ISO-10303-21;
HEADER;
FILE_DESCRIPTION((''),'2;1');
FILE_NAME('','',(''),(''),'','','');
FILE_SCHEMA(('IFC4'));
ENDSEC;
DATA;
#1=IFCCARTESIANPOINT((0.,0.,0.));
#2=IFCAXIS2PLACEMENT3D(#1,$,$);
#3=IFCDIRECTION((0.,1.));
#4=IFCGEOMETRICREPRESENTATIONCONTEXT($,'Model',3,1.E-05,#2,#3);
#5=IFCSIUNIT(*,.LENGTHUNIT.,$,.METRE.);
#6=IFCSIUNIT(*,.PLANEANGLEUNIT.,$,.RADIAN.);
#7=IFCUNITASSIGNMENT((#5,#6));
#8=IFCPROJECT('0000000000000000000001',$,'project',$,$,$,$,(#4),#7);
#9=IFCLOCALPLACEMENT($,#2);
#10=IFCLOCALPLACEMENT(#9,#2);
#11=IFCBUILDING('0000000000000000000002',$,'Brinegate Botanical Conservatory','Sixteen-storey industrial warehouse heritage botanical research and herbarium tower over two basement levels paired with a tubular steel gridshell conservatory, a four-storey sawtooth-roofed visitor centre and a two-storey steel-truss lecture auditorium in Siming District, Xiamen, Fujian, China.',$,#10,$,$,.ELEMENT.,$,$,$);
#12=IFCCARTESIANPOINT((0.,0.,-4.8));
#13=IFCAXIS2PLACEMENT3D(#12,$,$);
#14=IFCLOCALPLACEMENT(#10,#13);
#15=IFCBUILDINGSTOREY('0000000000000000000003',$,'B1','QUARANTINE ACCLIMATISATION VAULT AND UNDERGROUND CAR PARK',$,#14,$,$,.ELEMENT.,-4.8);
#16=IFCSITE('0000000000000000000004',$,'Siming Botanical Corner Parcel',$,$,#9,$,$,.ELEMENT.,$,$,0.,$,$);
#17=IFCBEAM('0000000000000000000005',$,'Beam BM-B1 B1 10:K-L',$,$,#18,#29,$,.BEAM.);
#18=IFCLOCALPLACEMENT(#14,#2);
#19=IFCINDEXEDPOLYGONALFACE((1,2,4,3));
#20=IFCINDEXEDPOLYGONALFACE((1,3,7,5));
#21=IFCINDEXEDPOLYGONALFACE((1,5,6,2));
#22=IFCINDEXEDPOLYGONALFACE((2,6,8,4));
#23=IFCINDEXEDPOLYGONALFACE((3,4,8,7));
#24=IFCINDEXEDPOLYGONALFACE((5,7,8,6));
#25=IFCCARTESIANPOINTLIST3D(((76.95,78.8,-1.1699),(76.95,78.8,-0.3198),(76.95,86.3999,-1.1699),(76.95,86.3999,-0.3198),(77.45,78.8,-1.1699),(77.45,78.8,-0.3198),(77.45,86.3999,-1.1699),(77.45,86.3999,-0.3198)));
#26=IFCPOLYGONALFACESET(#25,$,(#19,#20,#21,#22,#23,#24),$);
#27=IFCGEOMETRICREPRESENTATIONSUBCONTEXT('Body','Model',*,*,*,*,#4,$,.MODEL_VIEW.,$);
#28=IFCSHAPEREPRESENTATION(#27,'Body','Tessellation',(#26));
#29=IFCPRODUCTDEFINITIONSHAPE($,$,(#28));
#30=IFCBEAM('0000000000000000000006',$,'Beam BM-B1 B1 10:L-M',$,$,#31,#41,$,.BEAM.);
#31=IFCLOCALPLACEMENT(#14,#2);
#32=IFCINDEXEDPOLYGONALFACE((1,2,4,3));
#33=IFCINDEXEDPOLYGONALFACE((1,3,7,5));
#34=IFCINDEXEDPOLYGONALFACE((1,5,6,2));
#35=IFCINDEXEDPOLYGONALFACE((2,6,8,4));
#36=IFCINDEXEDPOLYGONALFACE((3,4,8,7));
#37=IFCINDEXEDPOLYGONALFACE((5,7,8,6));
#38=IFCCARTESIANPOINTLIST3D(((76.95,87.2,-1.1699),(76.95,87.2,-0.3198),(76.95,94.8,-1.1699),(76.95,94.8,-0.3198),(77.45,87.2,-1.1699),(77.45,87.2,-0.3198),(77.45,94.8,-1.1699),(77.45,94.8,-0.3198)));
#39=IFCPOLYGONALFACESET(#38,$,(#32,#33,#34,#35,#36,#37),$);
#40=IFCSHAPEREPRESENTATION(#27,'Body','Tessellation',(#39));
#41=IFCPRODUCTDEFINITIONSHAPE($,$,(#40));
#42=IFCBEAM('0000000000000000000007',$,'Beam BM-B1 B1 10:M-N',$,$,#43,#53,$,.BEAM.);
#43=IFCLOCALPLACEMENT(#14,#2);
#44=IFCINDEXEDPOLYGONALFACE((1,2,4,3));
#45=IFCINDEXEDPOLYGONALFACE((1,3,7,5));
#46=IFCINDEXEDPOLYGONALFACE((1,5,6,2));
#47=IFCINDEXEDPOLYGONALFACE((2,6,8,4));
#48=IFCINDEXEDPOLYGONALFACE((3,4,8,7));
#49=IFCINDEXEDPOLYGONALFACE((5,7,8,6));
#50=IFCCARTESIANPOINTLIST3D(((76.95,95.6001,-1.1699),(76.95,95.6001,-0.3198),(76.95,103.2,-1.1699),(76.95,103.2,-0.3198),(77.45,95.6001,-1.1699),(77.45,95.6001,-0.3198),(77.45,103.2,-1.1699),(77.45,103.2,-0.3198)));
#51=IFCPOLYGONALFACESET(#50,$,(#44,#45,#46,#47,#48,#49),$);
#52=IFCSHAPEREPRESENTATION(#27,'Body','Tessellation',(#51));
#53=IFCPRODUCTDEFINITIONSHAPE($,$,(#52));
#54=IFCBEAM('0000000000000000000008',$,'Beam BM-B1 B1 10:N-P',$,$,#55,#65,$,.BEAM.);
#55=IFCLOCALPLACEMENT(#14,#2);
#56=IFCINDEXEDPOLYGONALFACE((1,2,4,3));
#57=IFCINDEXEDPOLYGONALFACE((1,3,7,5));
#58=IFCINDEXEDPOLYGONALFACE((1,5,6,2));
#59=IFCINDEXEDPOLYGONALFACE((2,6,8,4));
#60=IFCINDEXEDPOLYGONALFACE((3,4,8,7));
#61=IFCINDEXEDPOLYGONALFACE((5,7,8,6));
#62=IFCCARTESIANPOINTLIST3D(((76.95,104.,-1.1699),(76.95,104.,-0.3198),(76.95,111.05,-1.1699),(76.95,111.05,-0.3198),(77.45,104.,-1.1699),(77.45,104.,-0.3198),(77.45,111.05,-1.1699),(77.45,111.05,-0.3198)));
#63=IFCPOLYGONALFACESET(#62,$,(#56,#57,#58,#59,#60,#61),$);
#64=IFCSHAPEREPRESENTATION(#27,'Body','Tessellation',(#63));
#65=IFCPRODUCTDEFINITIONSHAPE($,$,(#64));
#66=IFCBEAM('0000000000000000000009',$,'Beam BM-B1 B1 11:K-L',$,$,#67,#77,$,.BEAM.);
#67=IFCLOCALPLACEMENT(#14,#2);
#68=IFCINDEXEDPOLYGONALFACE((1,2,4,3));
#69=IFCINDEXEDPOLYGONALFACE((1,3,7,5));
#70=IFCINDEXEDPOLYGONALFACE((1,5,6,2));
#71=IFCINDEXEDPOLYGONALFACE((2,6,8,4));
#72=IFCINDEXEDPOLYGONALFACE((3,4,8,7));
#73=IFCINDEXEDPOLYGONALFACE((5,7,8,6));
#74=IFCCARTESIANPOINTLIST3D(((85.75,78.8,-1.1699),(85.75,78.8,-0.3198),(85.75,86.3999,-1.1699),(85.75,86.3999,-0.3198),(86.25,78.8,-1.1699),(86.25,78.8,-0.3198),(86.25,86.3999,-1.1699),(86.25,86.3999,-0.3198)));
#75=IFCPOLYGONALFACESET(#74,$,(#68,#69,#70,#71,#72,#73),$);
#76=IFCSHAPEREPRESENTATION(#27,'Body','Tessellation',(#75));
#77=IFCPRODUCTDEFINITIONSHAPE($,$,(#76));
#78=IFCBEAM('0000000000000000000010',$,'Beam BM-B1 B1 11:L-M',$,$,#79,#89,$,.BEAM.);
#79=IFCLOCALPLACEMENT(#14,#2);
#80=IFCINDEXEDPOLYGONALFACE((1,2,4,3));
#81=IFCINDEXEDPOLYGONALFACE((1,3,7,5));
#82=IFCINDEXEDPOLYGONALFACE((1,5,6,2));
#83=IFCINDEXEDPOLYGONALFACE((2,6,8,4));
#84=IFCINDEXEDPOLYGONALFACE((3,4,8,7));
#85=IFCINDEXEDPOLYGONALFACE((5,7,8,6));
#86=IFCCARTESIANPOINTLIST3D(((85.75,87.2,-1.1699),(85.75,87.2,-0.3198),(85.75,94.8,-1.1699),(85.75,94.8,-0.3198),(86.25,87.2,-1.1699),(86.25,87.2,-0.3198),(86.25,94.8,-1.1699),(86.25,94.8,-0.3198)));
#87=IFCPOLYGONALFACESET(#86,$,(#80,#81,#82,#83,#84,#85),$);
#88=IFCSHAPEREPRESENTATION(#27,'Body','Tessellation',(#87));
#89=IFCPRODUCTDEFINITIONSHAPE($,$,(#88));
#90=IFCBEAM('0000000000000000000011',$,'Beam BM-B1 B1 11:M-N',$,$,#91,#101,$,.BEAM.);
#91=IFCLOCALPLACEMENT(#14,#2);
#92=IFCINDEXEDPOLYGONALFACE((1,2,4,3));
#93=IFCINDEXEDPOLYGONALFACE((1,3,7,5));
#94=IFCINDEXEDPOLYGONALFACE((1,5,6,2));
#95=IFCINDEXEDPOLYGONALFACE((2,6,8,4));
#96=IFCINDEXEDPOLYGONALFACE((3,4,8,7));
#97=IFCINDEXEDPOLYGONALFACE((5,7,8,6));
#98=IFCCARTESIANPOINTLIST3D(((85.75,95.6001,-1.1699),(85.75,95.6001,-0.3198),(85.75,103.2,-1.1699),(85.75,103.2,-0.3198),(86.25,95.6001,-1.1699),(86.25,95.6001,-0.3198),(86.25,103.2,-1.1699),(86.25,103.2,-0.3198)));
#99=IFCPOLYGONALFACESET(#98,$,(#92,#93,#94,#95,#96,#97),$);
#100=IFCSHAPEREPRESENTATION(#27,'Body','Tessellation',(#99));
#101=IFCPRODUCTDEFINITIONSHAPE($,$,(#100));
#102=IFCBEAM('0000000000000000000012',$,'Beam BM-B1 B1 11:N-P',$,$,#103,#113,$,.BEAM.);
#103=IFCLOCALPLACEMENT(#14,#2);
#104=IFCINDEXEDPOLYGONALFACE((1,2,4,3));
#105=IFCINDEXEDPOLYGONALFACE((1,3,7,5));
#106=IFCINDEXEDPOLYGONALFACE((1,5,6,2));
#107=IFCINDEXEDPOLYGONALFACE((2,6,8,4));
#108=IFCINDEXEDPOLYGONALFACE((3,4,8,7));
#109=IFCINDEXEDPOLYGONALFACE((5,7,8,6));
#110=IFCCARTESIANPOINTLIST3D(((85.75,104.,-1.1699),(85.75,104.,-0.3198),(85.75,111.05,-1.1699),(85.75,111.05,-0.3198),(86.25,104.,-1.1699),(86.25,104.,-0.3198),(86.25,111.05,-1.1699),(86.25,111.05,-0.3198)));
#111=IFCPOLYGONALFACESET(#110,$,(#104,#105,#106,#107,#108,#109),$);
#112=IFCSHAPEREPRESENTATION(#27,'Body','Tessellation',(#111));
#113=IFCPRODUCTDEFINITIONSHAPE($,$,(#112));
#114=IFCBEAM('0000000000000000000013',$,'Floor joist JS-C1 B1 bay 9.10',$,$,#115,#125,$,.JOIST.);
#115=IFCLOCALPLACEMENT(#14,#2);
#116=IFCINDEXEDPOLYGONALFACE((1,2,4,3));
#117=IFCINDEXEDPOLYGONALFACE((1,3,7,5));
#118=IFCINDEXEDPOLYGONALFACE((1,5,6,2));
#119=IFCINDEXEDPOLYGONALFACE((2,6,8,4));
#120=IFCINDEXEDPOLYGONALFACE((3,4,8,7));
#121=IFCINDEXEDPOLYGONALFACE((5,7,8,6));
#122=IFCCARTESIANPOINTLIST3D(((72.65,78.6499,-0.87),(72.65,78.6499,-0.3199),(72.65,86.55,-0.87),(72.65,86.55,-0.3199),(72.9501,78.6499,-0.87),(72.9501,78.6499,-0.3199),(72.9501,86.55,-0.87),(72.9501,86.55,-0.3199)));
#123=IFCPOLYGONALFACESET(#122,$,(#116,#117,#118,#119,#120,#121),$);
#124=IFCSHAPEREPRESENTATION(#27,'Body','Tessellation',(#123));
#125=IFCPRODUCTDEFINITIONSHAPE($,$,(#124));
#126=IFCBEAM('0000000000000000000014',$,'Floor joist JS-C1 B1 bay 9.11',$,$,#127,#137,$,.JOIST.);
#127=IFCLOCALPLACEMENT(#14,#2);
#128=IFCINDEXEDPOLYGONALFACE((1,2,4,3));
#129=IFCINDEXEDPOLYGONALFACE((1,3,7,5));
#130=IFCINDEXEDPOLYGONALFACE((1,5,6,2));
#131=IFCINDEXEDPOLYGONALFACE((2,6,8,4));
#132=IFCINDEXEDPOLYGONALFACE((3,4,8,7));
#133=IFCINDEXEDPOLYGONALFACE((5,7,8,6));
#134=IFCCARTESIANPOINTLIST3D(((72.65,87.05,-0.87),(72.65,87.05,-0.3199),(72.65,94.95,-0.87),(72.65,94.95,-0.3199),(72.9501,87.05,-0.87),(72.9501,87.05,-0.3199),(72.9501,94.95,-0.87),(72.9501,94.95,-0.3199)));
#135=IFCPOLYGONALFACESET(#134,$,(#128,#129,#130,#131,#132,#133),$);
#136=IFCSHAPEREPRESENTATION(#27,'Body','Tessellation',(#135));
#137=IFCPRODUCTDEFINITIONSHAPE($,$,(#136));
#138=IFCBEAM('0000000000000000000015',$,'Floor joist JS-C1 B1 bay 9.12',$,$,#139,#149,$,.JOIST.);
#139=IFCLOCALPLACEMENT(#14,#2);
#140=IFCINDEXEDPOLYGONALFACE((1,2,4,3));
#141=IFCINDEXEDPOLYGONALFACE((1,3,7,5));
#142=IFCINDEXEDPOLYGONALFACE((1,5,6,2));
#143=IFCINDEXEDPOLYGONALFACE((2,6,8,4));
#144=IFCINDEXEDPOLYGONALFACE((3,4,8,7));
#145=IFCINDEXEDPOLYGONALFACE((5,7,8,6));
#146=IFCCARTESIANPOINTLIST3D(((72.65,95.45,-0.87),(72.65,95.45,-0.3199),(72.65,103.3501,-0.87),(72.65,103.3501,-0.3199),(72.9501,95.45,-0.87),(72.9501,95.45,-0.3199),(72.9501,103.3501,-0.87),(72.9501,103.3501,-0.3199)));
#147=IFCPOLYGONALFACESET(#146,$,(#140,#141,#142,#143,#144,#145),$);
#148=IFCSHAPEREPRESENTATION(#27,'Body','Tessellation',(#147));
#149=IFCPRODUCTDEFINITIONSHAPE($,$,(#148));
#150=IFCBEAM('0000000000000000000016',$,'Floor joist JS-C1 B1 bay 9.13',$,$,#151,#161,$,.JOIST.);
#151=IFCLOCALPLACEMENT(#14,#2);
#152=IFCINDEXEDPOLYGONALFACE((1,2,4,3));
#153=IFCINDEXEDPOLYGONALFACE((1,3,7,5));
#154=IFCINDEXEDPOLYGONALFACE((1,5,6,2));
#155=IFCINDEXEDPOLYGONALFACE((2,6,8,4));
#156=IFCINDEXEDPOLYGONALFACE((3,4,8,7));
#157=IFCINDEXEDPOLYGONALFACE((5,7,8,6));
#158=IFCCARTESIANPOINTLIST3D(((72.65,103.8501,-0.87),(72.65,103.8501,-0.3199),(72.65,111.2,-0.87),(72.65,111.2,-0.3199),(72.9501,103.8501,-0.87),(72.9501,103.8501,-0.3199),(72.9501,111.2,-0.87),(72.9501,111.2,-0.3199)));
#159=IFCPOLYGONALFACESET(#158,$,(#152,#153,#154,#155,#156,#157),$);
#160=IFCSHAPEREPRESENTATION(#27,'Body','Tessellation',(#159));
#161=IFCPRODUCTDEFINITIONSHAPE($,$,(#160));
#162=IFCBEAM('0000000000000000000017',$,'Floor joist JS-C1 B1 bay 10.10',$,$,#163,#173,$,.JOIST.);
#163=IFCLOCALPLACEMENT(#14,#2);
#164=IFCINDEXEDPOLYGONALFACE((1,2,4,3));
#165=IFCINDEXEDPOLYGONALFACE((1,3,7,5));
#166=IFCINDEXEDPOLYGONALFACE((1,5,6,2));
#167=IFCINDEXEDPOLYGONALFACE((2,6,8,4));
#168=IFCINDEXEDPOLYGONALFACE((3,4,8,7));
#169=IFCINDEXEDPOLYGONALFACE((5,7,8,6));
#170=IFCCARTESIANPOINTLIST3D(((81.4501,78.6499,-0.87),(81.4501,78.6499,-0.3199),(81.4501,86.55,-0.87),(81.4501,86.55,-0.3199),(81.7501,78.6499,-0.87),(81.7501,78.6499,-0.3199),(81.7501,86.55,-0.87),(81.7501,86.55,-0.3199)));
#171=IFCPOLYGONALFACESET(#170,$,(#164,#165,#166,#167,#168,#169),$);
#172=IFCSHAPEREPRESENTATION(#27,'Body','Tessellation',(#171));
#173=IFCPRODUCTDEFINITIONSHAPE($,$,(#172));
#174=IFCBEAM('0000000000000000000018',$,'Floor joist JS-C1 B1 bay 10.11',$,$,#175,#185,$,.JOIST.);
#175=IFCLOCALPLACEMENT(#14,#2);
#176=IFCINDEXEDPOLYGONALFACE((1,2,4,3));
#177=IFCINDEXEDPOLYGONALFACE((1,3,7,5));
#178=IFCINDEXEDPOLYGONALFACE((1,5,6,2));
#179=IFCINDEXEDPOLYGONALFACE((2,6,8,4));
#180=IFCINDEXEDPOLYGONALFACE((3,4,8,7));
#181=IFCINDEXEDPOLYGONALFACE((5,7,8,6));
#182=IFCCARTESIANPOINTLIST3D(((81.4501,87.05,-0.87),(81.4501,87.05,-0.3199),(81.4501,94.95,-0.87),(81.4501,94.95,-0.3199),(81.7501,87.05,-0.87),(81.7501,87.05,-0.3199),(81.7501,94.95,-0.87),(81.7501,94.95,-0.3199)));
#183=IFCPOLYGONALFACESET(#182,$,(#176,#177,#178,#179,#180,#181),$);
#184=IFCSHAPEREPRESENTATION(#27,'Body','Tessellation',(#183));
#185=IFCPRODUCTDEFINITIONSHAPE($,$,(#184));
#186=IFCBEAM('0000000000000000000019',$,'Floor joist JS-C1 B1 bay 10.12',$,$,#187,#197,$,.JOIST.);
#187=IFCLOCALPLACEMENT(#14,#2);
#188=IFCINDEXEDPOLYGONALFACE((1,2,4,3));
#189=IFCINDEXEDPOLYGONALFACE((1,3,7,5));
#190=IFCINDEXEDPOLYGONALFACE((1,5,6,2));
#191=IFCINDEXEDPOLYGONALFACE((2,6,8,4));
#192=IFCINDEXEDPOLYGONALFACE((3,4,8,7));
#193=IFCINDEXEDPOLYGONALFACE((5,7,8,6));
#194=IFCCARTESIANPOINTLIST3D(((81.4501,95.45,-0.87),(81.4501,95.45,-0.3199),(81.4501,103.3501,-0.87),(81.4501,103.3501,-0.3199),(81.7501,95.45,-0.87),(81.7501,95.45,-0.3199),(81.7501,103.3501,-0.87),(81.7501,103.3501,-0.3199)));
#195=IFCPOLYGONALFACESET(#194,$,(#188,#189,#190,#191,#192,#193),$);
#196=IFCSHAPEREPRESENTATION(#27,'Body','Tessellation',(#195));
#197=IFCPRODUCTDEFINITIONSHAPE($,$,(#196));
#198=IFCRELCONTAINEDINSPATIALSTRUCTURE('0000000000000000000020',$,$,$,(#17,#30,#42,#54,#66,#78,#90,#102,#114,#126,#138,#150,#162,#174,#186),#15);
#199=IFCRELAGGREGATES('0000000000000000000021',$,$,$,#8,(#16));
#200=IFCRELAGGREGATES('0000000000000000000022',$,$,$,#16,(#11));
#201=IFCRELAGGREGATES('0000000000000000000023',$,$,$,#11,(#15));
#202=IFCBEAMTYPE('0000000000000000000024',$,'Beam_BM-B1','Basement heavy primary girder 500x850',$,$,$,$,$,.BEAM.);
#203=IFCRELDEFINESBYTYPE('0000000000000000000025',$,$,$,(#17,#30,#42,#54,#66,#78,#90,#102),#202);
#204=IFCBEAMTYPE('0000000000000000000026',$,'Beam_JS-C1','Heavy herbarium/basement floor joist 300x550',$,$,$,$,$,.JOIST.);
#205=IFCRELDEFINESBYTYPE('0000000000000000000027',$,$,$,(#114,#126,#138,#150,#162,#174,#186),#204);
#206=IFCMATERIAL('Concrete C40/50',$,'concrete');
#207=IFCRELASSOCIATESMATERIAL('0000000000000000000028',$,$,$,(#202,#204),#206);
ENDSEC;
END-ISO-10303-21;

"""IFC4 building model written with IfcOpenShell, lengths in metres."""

from ifc_helpers import new_model, si_unit, direction, frame, origin, origin_2d, place, context, subcontext, project, spatial, rectangle, extrude, material, material_profile, profile_set, type_object, element, save


model = new_model("IFC4")

# Units and contexts
model_context = context("Model", 3, precision=1e-05, world=origin(), true_north=direction((0.0, 1.0)))
body_context = subcontext(model_context, "Body", "Model", "MODEL_VIEW")
ifc_project = project(units=[si_unit("LENGTHUNIT", "METRE"), si_unit("PLANEANGLEUNIT", "RADIAN")], contexts=[model_context])

# Site, building, storey
site_placement = place(None, origin())
site = spatial("IfcSite", under=ifc_project, at=site_placement, Name="Siming Botanical Corner Parcel", CompositionType="ELEMENT", RefElevation=0.0)
building_placement = place(site_placement, origin())
building = spatial("IfcBuilding", under=site, at=building_placement, Name="Brinegate Botanical Conservatory", Description="Sixteen-storey industrial warehouse heritage botanical research and herbarium tower over two basement levels paired with a tubular steel gridshell conservatory, a four-storey sawtooth-roofed visitor centre and a two-storey steel-truss lecture auditorium in Siming District, Xiamen, Fujian, China.", CompositionType="ELEMENT")
storey_placement = place(building_placement, frame((0.0, 0.0, -4.8)))
storey = spatial("IfcBuildingStorey", under=building, at=storey_placement, Name="B1", Description="QUARANTINE ACCLIMATISATION VAULT AND UNDERGROUND CAR PARK", CompositionType="ELEMENT", Elevation=-4.8)

# Shared definitions
ifc_material = material(Name="Concrete C40/50", Category="concrete")

# Beams
ifc_material_profile_1 = material_profile(ifc_material, rectangle(XDim=0.5, YDim=0.8501, at=origin_2d()), Name="RC BM 500x850")
ifc_profile_set_1 = profile_set([ifc_material_profile_1], Name="Concrete C40/50")
beam_type_1 = type_object("IfcBeamType", Name="Beam_BM-B1", Description="Basement heavy primary girder 500x850", PredefinedType="BEAM", material=ifc_profile_set_1)
beam_1_placement = place(storey_placement, frame((77.2, 78.8, -0.7449), z_axis=(0.0, 1.0, 0.0), x_axis=(-1.0, 0.0, 0.0)))
element("IfcBeam", 1, at=beam_1_placement, inside=storey, type_object=beam_type_1, Name="Beam BM-B1 B1 10:K-L", PredefinedType="BEAM", context=body_context, shape_type="SweptSolid", body=[
    extrude(rectangle(XDim=0.5, YDim=0.8501, at=origin_2d()), origin(), (0.0, 0.0, 1.0), 7.5999),
])
beam_2_placement = place(storey_placement, frame((77.2, 87.2, -0.7449), z_axis=(0.0, 1.0, 0.0), x_axis=(-1.0, 0.0, 0.0)))
element("IfcBeam", 2, at=beam_2_placement, inside=storey, type_object=beam_type_1, Name="Beam BM-B1 B1 10:L-M", PredefinedType="BEAM", context=body_context, shape_type="SweptSolid", body=[
    extrude(rectangle(XDim=0.5, YDim=0.8501, at=origin_2d()), origin(), (0.0, 0.0, 1.0), 7.6001),
])
beam_3_placement = place(storey_placement, frame((77.2, 95.6001, -0.7449), z_axis=(0.0, 1.0, 0.0), x_axis=(-1.0, 0.0, 0.0)))
element("IfcBeam", 3, at=beam_3_placement, inside=storey, type_object=beam_type_1, Name="Beam BM-B1 B1 10:M-N", PredefinedType="BEAM", context=body_context, shape_type="SweptSolid", body=[
    extrude(rectangle(XDim=0.5, YDim=0.8501, at=origin_2d()), origin(), (0.0, 0.0, 1.0), 7.5999),
])
beam_4_placement = place(storey_placement, frame((77.2, 104.0, -0.7449), z_axis=(0.0, 1.0, 0.0), x_axis=(-1.0, 0.0, 0.0)))
element("IfcBeam", 4, at=beam_4_placement, inside=storey, type_object=beam_type_1, Name="Beam BM-B1 B1 10:N-P", PredefinedType="BEAM", context=body_context, shape_type="SweptSolid", body=[
    extrude(rectangle(XDim=0.5, YDim=0.8501, at=origin_2d()), origin(), (0.0, 0.0, 1.0), 7.05),
])
beam_5_placement = place(storey_placement, frame((86.0, 78.8, -0.7449), z_axis=(0.0, 1.0, 0.0), x_axis=(-1.0, 0.0, 0.0)))
element("IfcBeam", 5, at=beam_5_placement, inside=storey, type_object=beam_type_1, Name="Beam BM-B1 B1 11:K-L", PredefinedType="BEAM", context=body_context, shape_type="SweptSolid", body=[
    extrude(rectangle(XDim=0.5, YDim=0.8501, at=origin_2d()), origin(), (0.0, 0.0, 1.0), 7.5999),
])
beam_6_placement = place(storey_placement, frame((86.0, 87.2, -0.7449), z_axis=(0.0, 1.0, 0.0), x_axis=(-1.0, 0.0, 0.0)))
element("IfcBeam", 6, at=beam_6_placement, inside=storey, type_object=beam_type_1, Name="Beam BM-B1 B1 11:L-M", PredefinedType="BEAM", context=body_context, shape_type="SweptSolid", body=[
    extrude(rectangle(XDim=0.5, YDim=0.8501, at=origin_2d()), origin(), (0.0, 0.0, 1.0), 7.6001),
])
beam_7_placement = place(storey_placement, frame((86.0, 95.6001, -0.7449), z_axis=(0.0, 1.0, 0.0), x_axis=(-1.0, 0.0, 0.0)))
element("IfcBeam", 7, at=beam_7_placement, inside=storey, type_object=beam_type_1, Name="Beam BM-B1 B1 11:M-N", PredefinedType="BEAM", context=body_context, shape_type="SweptSolid", body=[
    extrude(rectangle(XDim=0.5, YDim=0.8501, at=origin_2d()), origin(), (0.0, 0.0, 1.0), 7.5999),
])
beam_8_placement = place(storey_placement, frame((86.0, 104.0, -0.7449), z_axis=(0.0, 1.0, 0.0), x_axis=(-1.0, 0.0, 0.0)))
element("IfcBeam", 8, at=beam_8_placement, inside=storey, type_object=beam_type_1, Name="Beam BM-B1 B1 11:N-P", PredefinedType="BEAM", context=body_context, shape_type="SweptSolid", body=[
    extrude(rectangle(XDim=0.5, YDim=0.8501, at=origin_2d()), origin(), (0.0, 0.0, 1.0), 7.05),
])
ifc_material_profile_2 = material_profile(ifc_material, rectangle(XDim=0.3, YDim=0.55, at=origin_2d()), Name="RC JST 300x550")
ifc_profile_set_2 = profile_set([ifc_material_profile_2], Name="Concrete C40/50")
beam_type_2 = type_object("IfcBeamType", Name="Beam_JS-C1", Description="Heavy herbarium/basement floor joist 300x550", PredefinedType="JOIST", material=ifc_profile_set_2)
beam_9_placement = place(storey_placement, frame((72.8, 78.6499, -0.595), z_axis=(0.0, 1.0, 0.0), x_axis=(-1.0, 0.0, 0.0)))
element("IfcBeam", 9, at=beam_9_placement, inside=storey, type_object=beam_type_2, Name="Floor joist JS-C1 B1 bay 9.10", PredefinedType="JOIST", context=body_context, shape_type="SweptSolid", body=[
    extrude(rectangle(XDim=0.3, YDim=0.55, at=origin_2d()), origin(), (0.0, 0.0, 1.0), 7.9001),
])
beam_10_placement = place(storey_placement, frame((72.8, 87.05, -0.595), z_axis=(0.0, 1.0, 0.0), x_axis=(-1.0, 0.0, 0.0)))
element("IfcBeam", 10, at=beam_10_placement, inside=storey, type_object=beam_type_2, Name="Floor joist JS-C1 B1 bay 9.11", PredefinedType="JOIST", context=body_context, shape_type="SweptSolid", body=[
    extrude(rectangle(XDim=0.3, YDim=0.55, at=origin_2d()), origin(), (0.0, 0.0, 1.0), 7.8999),
])
beam_11_placement = place(storey_placement, frame((72.8, 95.45, -0.595), z_axis=(0.0, 1.0, 0.0), x_axis=(-1.0, 0.0, 0.0)))
element("IfcBeam", 11, at=beam_11_placement, inside=storey, type_object=beam_type_2, Name="Floor joist JS-C1 B1 bay 9.12", PredefinedType="JOIST", context=body_context, shape_type="SweptSolid", body=[
    extrude(rectangle(XDim=0.3, YDim=0.55, at=origin_2d()), origin(), (0.0, 0.0, 1.0), 7.9001),
])
beam_12_placement = place(storey_placement, frame((72.8, 103.8501, -0.595), z_axis=(0.0, 1.0, 0.0), x_axis=(-1.0, 0.0, 0.0)))
element("IfcBeam", 12, at=beam_12_placement, inside=storey, type_object=beam_type_2, Name="Floor joist JS-C1 B1 bay 9.13", PredefinedType="JOIST", context=body_context, shape_type="SweptSolid", body=[
    extrude(rectangle(XDim=0.3, YDim=0.55, at=origin_2d()), origin(), (0.0, 0.0, 1.0), 7.3499),
])
beam_13_placement = place(storey_placement, frame((81.6001, 78.6499, -0.595), z_axis=(0.0, 1.0, 0.0), x_axis=(-1.0, 0.0, 0.0)))
element("IfcBeam", 13, at=beam_13_placement, inside=storey, type_object=beam_type_2, Name="Floor joist JS-C1 B1 bay 10.10", PredefinedType="JOIST", context=body_context, shape_type="SweptSolid", body=[
    extrude(rectangle(XDim=0.3, YDim=0.55, at=origin_2d()), origin(), (0.0, 0.0, 1.0), 7.9001),
])
beam_14_placement = place(storey_placement, frame((81.6001, 87.05, -0.595), z_axis=(0.0, 1.0, 0.0), x_axis=(-1.0, 0.0, 0.0)))
element("IfcBeam", 14, at=beam_14_placement, inside=storey, type_object=beam_type_2, Name="Floor joist JS-C1 B1 bay 10.11", PredefinedType="JOIST", context=body_context, shape_type="SweptSolid", body=[
    extrude(rectangle(XDim=0.3, YDim=0.55, at=origin_2d()), origin(), (0.0, 0.0, 1.0), 7.8999),
])
beam_15_placement = place(storey_placement, frame((81.6001, 95.45, -0.595), z_axis=(0.0, 1.0, 0.0), x_axis=(-1.0, 0.0, 0.0)))
element("IfcBeam", 15, at=beam_15_placement, inside=storey, type_object=beam_type_2, Name="Floor joist JS-C1 B1 bay 10.12", PredefinedType="JOIST", context=body_context, shape_type="SweptSolid", body=[
    extrude(rectangle(XDim=0.3, YDim=0.55, at=origin_2d()), origin(), (0.0, 0.0, 1.0), 7.9001),
])

save(model, "model.ifc")
